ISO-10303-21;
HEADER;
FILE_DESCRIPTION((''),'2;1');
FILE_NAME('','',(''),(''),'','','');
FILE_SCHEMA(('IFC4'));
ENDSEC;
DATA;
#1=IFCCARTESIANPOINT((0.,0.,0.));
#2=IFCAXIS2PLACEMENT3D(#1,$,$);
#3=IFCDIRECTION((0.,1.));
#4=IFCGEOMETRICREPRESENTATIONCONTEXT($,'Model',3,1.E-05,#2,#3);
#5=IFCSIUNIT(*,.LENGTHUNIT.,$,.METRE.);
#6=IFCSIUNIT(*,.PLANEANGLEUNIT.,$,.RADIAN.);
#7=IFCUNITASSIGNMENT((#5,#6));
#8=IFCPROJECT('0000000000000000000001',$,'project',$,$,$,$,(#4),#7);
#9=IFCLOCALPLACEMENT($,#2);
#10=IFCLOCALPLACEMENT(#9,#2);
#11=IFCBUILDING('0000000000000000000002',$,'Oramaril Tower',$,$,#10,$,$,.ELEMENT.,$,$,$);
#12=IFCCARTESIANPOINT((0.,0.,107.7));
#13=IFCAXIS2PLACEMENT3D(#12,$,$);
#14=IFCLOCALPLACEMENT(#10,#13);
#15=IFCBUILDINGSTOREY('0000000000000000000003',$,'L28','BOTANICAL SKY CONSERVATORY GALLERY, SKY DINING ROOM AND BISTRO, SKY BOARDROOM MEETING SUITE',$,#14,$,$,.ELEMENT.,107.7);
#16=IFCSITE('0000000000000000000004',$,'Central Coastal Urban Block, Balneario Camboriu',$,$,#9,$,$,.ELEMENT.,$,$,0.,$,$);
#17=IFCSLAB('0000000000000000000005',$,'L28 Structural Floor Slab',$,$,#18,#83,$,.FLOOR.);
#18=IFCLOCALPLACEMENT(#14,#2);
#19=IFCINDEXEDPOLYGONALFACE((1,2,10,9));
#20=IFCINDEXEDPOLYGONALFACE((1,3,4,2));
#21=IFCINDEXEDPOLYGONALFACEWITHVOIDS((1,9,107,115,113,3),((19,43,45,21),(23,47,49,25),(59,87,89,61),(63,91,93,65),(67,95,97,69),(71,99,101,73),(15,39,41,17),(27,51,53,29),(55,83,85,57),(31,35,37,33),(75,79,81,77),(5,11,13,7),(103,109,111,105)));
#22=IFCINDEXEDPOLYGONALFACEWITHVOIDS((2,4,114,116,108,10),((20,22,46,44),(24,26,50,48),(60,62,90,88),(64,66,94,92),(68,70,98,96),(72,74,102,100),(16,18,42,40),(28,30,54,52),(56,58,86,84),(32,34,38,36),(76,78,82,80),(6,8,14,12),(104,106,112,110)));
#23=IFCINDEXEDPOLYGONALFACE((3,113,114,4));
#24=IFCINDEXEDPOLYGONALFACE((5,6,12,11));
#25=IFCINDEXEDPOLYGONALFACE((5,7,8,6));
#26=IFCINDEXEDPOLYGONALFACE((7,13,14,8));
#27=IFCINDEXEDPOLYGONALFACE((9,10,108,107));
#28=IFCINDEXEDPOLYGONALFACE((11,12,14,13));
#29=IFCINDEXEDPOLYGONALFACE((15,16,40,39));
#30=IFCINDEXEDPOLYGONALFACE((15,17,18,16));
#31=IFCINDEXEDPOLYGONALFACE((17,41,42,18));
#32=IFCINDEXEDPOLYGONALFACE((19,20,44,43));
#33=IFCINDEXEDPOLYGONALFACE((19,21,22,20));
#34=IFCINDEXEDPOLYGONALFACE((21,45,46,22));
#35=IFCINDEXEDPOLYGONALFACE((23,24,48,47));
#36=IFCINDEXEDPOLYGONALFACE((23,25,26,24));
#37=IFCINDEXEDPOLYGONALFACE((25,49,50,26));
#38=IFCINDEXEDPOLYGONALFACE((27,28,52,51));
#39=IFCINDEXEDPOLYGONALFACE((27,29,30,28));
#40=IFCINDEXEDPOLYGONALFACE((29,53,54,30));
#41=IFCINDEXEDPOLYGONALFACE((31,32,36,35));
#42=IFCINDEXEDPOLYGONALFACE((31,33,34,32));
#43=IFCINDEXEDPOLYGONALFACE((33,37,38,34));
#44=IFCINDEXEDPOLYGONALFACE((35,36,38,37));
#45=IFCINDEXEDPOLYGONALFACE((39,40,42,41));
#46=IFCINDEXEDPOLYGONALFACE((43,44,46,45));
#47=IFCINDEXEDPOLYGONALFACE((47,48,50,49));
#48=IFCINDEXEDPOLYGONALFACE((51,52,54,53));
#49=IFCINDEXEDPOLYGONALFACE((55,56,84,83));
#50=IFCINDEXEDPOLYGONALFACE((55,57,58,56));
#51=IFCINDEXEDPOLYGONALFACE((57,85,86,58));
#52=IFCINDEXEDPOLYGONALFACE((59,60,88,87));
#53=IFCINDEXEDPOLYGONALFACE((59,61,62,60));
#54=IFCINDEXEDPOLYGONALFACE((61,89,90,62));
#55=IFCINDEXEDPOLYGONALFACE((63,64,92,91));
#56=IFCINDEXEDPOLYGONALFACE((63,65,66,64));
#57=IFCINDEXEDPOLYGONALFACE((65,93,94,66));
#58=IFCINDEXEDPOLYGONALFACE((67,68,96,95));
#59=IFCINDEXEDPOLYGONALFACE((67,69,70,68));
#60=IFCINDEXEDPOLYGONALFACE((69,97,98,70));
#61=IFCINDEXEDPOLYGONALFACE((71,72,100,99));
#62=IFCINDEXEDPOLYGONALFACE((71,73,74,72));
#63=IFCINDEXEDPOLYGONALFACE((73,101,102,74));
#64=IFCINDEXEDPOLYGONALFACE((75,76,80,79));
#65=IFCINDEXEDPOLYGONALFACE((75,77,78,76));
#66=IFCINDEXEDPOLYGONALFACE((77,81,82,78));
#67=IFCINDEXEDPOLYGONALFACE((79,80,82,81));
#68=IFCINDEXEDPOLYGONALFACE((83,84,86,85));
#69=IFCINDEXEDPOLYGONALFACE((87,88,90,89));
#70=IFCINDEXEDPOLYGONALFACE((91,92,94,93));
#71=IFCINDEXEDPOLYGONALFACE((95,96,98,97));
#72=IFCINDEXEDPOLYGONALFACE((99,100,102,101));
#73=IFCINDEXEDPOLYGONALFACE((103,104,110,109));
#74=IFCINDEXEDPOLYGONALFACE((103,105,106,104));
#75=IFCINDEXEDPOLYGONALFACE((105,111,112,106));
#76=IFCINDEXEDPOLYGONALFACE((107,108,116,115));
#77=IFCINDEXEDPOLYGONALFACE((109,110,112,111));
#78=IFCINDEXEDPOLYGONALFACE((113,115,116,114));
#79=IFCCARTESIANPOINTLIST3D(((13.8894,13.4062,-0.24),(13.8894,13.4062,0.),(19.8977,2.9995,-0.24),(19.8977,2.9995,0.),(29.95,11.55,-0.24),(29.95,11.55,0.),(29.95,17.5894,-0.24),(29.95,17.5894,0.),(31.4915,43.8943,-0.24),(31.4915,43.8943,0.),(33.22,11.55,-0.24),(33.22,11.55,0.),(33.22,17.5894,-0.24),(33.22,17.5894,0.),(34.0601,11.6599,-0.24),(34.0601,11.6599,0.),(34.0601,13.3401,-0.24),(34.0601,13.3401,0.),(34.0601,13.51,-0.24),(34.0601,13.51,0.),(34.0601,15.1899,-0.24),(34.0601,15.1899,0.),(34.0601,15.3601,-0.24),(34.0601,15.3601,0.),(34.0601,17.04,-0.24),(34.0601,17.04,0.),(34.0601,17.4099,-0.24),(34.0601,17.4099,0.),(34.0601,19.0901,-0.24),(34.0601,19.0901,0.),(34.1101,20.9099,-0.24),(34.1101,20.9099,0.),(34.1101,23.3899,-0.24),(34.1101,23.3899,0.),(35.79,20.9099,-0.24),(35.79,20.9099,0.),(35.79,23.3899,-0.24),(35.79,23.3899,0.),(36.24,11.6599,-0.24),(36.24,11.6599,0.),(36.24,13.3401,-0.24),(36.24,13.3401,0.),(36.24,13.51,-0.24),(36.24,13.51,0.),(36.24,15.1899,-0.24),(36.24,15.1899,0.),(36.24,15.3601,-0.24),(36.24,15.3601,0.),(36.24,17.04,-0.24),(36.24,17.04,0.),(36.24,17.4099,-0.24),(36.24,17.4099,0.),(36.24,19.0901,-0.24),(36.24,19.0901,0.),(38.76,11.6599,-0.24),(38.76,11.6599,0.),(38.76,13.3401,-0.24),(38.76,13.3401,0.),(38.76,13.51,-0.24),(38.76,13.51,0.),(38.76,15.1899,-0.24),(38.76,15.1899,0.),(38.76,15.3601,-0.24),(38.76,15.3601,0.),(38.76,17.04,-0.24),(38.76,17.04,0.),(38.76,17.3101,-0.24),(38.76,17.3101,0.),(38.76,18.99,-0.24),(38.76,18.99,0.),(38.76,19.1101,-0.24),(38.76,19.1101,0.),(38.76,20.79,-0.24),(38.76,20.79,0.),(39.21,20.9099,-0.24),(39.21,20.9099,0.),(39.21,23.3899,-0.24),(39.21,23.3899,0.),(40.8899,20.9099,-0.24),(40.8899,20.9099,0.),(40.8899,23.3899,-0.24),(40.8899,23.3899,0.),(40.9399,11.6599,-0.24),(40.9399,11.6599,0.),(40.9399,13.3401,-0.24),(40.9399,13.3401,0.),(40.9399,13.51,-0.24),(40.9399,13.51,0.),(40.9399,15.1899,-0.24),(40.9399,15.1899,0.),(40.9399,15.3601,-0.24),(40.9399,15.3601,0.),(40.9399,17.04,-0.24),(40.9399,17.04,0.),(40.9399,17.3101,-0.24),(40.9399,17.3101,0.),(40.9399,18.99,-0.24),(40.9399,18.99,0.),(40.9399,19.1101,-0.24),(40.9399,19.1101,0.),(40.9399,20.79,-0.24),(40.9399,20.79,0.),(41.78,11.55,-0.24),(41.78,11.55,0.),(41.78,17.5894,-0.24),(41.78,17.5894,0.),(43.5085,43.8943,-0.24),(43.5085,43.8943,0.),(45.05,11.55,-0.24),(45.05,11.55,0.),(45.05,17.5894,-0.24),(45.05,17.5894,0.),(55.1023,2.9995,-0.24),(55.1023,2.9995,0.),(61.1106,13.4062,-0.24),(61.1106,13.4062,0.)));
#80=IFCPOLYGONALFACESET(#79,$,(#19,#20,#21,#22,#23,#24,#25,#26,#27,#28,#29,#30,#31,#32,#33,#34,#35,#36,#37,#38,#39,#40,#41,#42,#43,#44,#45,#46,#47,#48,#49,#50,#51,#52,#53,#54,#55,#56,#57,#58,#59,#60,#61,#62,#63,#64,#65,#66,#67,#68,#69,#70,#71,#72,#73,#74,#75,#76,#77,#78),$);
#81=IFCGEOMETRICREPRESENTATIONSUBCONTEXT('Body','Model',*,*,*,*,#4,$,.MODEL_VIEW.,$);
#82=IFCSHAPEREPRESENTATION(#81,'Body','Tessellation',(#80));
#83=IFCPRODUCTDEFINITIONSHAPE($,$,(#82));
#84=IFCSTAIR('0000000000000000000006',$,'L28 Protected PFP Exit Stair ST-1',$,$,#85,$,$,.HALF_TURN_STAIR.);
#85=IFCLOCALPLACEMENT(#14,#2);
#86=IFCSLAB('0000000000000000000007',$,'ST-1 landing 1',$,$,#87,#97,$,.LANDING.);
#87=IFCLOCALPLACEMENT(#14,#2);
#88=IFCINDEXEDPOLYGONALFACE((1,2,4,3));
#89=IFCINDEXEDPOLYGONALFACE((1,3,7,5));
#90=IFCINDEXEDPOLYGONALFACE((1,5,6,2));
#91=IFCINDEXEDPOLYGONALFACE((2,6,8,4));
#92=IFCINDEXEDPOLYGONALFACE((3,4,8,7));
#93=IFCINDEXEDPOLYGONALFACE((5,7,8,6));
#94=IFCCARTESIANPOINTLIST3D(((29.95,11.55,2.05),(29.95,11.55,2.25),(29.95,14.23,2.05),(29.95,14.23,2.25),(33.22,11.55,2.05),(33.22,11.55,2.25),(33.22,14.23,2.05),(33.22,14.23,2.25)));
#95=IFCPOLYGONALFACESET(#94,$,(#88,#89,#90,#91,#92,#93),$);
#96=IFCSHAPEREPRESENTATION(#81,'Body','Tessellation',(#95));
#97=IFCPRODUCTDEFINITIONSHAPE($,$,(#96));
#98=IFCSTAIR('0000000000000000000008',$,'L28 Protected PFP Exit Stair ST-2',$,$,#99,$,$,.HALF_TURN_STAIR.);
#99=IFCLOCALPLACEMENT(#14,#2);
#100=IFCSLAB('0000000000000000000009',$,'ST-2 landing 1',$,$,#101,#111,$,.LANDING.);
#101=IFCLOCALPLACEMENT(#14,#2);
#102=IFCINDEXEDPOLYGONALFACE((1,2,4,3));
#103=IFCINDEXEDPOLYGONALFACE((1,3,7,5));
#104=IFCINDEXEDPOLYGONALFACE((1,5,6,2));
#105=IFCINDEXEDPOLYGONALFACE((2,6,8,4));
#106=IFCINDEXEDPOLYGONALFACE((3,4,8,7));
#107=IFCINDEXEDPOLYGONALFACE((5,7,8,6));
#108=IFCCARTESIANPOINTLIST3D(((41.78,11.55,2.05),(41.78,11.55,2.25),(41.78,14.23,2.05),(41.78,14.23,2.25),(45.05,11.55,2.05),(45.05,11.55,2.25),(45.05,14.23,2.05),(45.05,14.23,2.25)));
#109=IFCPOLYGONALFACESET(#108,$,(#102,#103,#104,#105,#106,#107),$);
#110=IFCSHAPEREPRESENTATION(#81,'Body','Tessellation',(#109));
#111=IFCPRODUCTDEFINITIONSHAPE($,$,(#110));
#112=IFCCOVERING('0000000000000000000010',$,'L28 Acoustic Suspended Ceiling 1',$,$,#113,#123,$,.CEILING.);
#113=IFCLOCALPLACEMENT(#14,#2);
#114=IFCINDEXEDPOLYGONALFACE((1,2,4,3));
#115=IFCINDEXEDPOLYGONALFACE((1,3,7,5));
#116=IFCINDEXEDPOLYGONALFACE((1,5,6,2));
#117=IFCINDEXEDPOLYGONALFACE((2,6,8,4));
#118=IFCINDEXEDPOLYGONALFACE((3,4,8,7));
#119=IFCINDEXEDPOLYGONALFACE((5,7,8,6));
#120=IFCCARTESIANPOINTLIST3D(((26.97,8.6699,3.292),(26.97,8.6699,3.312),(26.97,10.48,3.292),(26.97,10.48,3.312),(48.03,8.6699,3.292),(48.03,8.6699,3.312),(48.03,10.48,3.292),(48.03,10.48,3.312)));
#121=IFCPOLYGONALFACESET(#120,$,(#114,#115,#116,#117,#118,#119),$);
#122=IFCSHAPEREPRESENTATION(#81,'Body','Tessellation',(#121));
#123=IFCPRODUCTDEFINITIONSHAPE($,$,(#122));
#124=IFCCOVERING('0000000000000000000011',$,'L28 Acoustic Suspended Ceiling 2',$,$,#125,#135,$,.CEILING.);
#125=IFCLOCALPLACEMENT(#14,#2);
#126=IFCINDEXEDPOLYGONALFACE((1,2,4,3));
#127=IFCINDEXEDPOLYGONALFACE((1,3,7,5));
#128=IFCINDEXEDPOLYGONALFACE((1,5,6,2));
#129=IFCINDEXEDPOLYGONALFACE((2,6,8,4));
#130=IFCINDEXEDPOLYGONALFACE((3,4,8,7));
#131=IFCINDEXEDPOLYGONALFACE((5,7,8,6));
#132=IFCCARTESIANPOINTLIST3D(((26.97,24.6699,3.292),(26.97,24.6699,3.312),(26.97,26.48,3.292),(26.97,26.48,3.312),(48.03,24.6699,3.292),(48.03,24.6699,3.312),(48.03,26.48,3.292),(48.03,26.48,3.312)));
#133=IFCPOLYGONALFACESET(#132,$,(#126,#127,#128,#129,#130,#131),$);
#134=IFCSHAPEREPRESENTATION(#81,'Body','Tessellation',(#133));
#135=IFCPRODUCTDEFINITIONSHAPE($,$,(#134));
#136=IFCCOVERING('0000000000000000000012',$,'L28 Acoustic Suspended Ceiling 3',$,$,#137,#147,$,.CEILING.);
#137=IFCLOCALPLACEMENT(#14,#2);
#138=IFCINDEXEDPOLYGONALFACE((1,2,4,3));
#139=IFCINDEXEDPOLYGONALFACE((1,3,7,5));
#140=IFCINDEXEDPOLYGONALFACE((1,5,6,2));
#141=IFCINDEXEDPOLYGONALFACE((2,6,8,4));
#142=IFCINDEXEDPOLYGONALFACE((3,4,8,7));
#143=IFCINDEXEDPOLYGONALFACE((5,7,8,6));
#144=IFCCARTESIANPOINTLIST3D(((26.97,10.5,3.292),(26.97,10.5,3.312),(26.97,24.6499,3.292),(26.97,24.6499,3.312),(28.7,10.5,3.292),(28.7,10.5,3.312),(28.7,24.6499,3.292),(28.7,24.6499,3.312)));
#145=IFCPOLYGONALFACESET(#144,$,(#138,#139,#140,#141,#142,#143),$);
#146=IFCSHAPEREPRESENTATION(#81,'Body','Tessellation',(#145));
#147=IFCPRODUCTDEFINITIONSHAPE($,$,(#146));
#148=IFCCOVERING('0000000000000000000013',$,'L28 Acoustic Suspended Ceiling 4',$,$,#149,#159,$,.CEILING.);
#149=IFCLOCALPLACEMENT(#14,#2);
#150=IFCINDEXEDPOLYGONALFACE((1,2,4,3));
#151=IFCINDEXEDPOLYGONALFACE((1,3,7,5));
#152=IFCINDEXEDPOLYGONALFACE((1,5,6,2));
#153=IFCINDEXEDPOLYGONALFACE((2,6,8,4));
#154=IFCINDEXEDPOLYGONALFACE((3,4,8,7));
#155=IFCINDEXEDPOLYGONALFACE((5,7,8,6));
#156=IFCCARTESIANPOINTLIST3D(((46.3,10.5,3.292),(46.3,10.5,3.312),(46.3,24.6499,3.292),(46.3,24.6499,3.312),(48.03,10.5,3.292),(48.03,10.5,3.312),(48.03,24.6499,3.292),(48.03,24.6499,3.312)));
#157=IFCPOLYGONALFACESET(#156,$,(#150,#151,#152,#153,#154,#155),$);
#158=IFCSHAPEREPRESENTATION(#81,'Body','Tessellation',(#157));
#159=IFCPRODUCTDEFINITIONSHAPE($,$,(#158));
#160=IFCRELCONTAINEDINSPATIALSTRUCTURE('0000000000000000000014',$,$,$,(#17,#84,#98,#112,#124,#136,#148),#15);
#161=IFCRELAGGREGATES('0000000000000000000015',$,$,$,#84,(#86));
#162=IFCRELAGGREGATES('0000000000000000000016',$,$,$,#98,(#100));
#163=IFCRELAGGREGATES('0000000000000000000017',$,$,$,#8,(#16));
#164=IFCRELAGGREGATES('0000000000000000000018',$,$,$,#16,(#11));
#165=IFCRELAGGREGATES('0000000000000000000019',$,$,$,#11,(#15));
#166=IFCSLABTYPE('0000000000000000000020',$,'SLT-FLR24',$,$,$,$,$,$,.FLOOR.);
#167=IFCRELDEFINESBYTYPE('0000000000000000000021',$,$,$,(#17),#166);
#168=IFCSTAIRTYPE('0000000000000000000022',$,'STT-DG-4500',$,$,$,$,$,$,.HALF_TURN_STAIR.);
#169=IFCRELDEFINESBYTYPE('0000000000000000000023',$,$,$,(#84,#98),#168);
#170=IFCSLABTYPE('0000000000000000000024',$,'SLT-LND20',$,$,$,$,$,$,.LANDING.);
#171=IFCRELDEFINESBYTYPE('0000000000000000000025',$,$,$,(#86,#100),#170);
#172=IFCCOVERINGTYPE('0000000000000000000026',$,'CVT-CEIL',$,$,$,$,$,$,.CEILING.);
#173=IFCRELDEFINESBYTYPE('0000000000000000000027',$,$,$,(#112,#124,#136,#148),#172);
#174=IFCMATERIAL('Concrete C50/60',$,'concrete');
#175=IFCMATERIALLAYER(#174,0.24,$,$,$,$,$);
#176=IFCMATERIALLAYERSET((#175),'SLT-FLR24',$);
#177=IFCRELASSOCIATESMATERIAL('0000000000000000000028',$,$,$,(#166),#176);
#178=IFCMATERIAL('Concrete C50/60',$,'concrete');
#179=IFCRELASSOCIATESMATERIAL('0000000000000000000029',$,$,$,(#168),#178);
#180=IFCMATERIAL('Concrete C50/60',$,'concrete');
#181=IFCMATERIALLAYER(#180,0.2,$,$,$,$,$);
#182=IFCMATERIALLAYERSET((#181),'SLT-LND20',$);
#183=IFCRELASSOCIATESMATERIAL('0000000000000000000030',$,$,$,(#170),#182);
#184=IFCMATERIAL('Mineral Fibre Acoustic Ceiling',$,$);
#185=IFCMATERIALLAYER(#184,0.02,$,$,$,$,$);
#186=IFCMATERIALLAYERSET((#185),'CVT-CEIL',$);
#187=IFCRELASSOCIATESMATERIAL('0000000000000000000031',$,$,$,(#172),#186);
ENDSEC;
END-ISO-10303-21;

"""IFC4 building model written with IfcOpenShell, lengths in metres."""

from ifc_helpers import new_model, si_unit, direction, frame, origin, place, context, subcontext, project, spatial, polyline, outline, extrude, material, layer, layer_set, type_object, element, aggregate, save


model = new_model("IFC4")

# Units and contexts
model_context = context("Model", 3, precision=1e-05, world=origin(), true_north=direction((0.0, 1.0)))
body_context = subcontext(model_context, "Body", "Model", "MODEL_VIEW")
ifc_project = project(units=[si_unit("LENGTHUNIT", "METRE"), si_unit("PLANEANGLEUNIT", "RADIAN")], contexts=[model_context])

# Site, building, storey
site_placement = place(None, origin())
site = spatial("IfcSite", under=ifc_project, at=site_placement, Name="Central Coastal Urban Block, Balneario Camboriu", CompositionType="ELEMENT", RefElevation=0.0)
building_placement = place(site_placement, origin())
building = spatial("IfcBuilding", under=site, at=building_placement, Name="Oramaril Tower", CompositionType="ELEMENT")
storey_placement = place(building_placement, frame((0.0, 0.0, 107.7)))
storey = spatial("IfcBuildingStorey", under=building, at=storey_placement, Name="L28", Description="BOTANICAL SKY CONSERVATORY GALLERY, SKY DINING ROOM AND BISTRO, SKY BOARDROOM MEETING SUITE", CompositionType="ELEMENT", Elevation=107.7)

# Slab
ifc_material_1 = material(Name="Concrete C50/60", Category="concrete")
ifc_layer_1 = layer(ifc_material_1, 0.24)
ifc_layer_set_1 = layer_set([ifc_layer_1], Name="SLT-FLR24")
slab_type_1 = type_object("IfcSlabType", Name="SLT-FLR24", PredefinedType="FLOOR", material=ifc_layer_set_1)
slab_1_placement = place(storey_placement, frame((0.0, 0.0, -0.24)))
element("IfcSlab", 1, at=slab_1_placement, inside=storey, type_object=slab_type_1, Name="L28 Structural Floor Slab", PredefinedType="FLOOR", context=body_context, shape_type="SweptSolid", body=[
    extrude(outline(polyline([(13.8894, 13.4062), (19.8977, 2.9995), (55.1023, 2.9995), (61.1106, 13.4062), (43.5085, 43.8943), (31.4915, 43.8943), (13.8894, 13.4062)]), holes=[polyline([(29.95, 17.5894), (29.95, 11.55), (33.22, 11.55), (33.22, 17.5894), (29.95, 17.5894)]), polyline([(41.78, 17.5894), (41.78, 11.55), (45.05, 11.55), (45.05, 17.5894), (41.78, 17.5894)]), polyline([(34.1101, 20.9099), (35.79, 20.9099), (35.79, 23.3899), (34.1101, 23.3899), (34.1101, 20.9099)]), polyline([(39.21, 20.9099), (40.8899, 20.9099), (40.8899, 23.3899), (39.21, 23.3899), (39.21, 20.9099)]), polyline([(34.0601, 11.6599), (36.24, 11.6599), (36.24, 13.3401), (34.0601, 13.3401), (34.0601, 11.6599)]), polyline([(34.0601, 13.51), (36.24, 13.51), (36.24, 15.1899), (34.0601, 15.1899), (34.0601, 13.51)]), polyline([(34.0601, 15.3601), (36.24, 15.3601), (36.24, 17.04), (34.0601, 17.04), (34.0601, 15.3601)]), polyline([(38.76, 11.6599), (40.9399, 11.6599), (40.9399, 13.3401), (38.76, 13.3401), (38.76, 11.6599)]), polyline([(38.76, 13.51), (40.9399, 13.51), (40.9399, 15.1899), (38.76, 15.1899), (38.76, 13.51)]), polyline([(38.76, 15.3601), (40.9399, 15.3601), (40.9399, 17.04), (38.76, 17.04), (38.76, 15.3601)]), polyline([(34.0601, 17.4099), (36.24, 17.4099), (36.24, 19.0901), (34.0601, 19.0901), (34.0601, 17.4099)]), polyline([(38.76, 17.3101), (40.9399, 17.3101), (40.9399, 18.99), (38.76, 18.99), (38.76, 17.3101)]), polyline([(38.76, 19.1101), (40.9399, 19.1101), (40.9399, 20.79), (38.76, 20.79), (38.76, 19.1101)])]), origin(), (0.0, 0.0, 1.0), 0.24),
])

# Stairs, slabs
ifc_material_2 = material(Name="Concrete C50/60", Category="concrete")
stair_type = type_object("IfcStairType", Name="STT-DG-4500", PredefinedType="HALF_TURN_STAIR", material=ifc_material_2)
stair_1_placement = place(storey_placement, origin())
stair_1 = element("IfcStair", 2, at=stair_1_placement, inside=storey, type_object=stair_type, Name="L28 Protected PFP Exit Stair ST-1", PredefinedType="HALF_TURN_STAIR")
ifc_material_3 = material(Name="Concrete C50/60", Category="concrete")
ifc_layer_2 = layer(ifc_material_3, 0.2)
ifc_layer_set_2 = layer_set([ifc_layer_2], Name="SLT-LND20")
slab_type_2 = type_object("IfcSlabType", Name="SLT-LND20", PredefinedType="LANDING", material=ifc_layer_set_2)
slab_2_placement = place(storey_placement, frame((0.0, 0.0, 2.05)))
slab_2 = element("IfcSlab", 3, at=slab_2_placement, type_object=slab_type_2, Name="ST-1 landing 1", PredefinedType="LANDING", context=body_context, shape_type="SweptSolid", body=[
    extrude(outline(polyline([(29.95, 14.23), (29.95, 11.55), (33.22, 11.55), (33.22, 14.23), (29.95, 14.23)])), origin(), (0.0, 0.0, 1.0), 0.2),
])
aggregate(stair_1, [slab_2])
stair_2_placement = place(storey_placement, origin())
stair_2 = element("IfcStair", 4, at=stair_2_placement, inside=storey, type_object=stair_type, Name="L28 Protected PFP Exit Stair ST-2", PredefinedType="HALF_TURN_STAIR")
slab_3_placement = place(storey_placement, frame((0.0, 0.0, 2.05)))
slab_3 = element("IfcSlab", 5, at=slab_3_placement, type_object=slab_type_2, Name="ST-2 landing 1", PredefinedType="LANDING", context=body_context, shape_type="SweptSolid", body=[
    extrude(outline(polyline([(41.78, 14.23), (41.78, 11.55), (45.05, 11.55), (45.05, 14.23), (41.78, 14.23)])), origin(), (0.0, 0.0, 1.0), 0.2),
])
aggregate(stair_2, [slab_3])

# Coverings
ifc_material_4 = material(Name="Mineral Fibre Acoustic Ceiling")
ifc_layer_3 = layer(ifc_material_4, 0.02)
ifc_layer_set_3 = layer_set([ifc_layer_3], Name="CVT-CEIL")
covering_type_1 = type_object("IfcCoveringType", Name="CVT-CEIL", PredefinedType="CEILING", material=ifc_layer_set_3)
covering_1_placement = place(storey_placement, frame((0.0, 0.0, 3.292)))
element("IfcCovering", 6, at=covering_1_placement, inside=storey, type_object=covering_type_1, Name="L28 Acoustic Suspended Ceiling 1", PredefinedType="CEILING", context=body_context, shape_type="SweptSolid", body=[
    extrude(outline(polyline([(48.03, 10.48), (48.03, 8.6699), (26.97, 8.6699), (26.97, 10.48), (48.03, 10.48)])), origin(), (0.0, 0.0, 1.0), 0.02),
])
covering_2_placement = place(storey_placement, frame((0.0, 0.0, 3.292)))
element("IfcCovering", 7, at=covering_2_placement, inside=storey, type_object=covering_type_1, Name="L28 Acoustic Suspended Ceiling 2", PredefinedType="CEILING", context=body_context, shape_type="SweptSolid", body=[
    extrude(outline(polyline([(48.03, 26.48), (48.03, 24.6699), (26.97, 24.6699), (26.97, 26.48), (48.03, 26.48)])), origin(), (0.0, 0.0, 1.0), 0.02),
])
covering_3_placement = place(storey_placement, frame((0.0, 0.0, 3.292)))
element("IfcCovering", 8, at=covering_3_placement, inside=storey, type_object=covering_type_1, Name="L28 Acoustic Suspended Ceiling 3", PredefinedType="CEILING", context=body_context, shape_type="SweptSolid", body=[
    extrude(outline(polyline([(28.7, 10.5), (26.97, 10.5), (26.97, 24.6499), (28.7, 24.6499), (28.7, 10.5)])), origin(), (0.0, 0.0, 1.0), 0.02),
])
covering_4_placement = place(storey_placement, frame((0.0, 0.0, 3.292)))
element("IfcCovering", 9, at=covering_4_placement, inside=storey, type_object=covering_type_1, Name="L28 Acoustic Suspended Ceiling 4", PredefinedType="CEILING", context=body_context, shape_type="SweptSolid", body=[
    extrude(outline(polyline([(48.03, 10.5), (46.3, 10.5), (46.3, 24.6499), (48.03, 24.6499), (48.03, 10.5)])), origin(), (0.0, 0.0, 1.0), 0.02),
])

save(model, "model.ifc")
